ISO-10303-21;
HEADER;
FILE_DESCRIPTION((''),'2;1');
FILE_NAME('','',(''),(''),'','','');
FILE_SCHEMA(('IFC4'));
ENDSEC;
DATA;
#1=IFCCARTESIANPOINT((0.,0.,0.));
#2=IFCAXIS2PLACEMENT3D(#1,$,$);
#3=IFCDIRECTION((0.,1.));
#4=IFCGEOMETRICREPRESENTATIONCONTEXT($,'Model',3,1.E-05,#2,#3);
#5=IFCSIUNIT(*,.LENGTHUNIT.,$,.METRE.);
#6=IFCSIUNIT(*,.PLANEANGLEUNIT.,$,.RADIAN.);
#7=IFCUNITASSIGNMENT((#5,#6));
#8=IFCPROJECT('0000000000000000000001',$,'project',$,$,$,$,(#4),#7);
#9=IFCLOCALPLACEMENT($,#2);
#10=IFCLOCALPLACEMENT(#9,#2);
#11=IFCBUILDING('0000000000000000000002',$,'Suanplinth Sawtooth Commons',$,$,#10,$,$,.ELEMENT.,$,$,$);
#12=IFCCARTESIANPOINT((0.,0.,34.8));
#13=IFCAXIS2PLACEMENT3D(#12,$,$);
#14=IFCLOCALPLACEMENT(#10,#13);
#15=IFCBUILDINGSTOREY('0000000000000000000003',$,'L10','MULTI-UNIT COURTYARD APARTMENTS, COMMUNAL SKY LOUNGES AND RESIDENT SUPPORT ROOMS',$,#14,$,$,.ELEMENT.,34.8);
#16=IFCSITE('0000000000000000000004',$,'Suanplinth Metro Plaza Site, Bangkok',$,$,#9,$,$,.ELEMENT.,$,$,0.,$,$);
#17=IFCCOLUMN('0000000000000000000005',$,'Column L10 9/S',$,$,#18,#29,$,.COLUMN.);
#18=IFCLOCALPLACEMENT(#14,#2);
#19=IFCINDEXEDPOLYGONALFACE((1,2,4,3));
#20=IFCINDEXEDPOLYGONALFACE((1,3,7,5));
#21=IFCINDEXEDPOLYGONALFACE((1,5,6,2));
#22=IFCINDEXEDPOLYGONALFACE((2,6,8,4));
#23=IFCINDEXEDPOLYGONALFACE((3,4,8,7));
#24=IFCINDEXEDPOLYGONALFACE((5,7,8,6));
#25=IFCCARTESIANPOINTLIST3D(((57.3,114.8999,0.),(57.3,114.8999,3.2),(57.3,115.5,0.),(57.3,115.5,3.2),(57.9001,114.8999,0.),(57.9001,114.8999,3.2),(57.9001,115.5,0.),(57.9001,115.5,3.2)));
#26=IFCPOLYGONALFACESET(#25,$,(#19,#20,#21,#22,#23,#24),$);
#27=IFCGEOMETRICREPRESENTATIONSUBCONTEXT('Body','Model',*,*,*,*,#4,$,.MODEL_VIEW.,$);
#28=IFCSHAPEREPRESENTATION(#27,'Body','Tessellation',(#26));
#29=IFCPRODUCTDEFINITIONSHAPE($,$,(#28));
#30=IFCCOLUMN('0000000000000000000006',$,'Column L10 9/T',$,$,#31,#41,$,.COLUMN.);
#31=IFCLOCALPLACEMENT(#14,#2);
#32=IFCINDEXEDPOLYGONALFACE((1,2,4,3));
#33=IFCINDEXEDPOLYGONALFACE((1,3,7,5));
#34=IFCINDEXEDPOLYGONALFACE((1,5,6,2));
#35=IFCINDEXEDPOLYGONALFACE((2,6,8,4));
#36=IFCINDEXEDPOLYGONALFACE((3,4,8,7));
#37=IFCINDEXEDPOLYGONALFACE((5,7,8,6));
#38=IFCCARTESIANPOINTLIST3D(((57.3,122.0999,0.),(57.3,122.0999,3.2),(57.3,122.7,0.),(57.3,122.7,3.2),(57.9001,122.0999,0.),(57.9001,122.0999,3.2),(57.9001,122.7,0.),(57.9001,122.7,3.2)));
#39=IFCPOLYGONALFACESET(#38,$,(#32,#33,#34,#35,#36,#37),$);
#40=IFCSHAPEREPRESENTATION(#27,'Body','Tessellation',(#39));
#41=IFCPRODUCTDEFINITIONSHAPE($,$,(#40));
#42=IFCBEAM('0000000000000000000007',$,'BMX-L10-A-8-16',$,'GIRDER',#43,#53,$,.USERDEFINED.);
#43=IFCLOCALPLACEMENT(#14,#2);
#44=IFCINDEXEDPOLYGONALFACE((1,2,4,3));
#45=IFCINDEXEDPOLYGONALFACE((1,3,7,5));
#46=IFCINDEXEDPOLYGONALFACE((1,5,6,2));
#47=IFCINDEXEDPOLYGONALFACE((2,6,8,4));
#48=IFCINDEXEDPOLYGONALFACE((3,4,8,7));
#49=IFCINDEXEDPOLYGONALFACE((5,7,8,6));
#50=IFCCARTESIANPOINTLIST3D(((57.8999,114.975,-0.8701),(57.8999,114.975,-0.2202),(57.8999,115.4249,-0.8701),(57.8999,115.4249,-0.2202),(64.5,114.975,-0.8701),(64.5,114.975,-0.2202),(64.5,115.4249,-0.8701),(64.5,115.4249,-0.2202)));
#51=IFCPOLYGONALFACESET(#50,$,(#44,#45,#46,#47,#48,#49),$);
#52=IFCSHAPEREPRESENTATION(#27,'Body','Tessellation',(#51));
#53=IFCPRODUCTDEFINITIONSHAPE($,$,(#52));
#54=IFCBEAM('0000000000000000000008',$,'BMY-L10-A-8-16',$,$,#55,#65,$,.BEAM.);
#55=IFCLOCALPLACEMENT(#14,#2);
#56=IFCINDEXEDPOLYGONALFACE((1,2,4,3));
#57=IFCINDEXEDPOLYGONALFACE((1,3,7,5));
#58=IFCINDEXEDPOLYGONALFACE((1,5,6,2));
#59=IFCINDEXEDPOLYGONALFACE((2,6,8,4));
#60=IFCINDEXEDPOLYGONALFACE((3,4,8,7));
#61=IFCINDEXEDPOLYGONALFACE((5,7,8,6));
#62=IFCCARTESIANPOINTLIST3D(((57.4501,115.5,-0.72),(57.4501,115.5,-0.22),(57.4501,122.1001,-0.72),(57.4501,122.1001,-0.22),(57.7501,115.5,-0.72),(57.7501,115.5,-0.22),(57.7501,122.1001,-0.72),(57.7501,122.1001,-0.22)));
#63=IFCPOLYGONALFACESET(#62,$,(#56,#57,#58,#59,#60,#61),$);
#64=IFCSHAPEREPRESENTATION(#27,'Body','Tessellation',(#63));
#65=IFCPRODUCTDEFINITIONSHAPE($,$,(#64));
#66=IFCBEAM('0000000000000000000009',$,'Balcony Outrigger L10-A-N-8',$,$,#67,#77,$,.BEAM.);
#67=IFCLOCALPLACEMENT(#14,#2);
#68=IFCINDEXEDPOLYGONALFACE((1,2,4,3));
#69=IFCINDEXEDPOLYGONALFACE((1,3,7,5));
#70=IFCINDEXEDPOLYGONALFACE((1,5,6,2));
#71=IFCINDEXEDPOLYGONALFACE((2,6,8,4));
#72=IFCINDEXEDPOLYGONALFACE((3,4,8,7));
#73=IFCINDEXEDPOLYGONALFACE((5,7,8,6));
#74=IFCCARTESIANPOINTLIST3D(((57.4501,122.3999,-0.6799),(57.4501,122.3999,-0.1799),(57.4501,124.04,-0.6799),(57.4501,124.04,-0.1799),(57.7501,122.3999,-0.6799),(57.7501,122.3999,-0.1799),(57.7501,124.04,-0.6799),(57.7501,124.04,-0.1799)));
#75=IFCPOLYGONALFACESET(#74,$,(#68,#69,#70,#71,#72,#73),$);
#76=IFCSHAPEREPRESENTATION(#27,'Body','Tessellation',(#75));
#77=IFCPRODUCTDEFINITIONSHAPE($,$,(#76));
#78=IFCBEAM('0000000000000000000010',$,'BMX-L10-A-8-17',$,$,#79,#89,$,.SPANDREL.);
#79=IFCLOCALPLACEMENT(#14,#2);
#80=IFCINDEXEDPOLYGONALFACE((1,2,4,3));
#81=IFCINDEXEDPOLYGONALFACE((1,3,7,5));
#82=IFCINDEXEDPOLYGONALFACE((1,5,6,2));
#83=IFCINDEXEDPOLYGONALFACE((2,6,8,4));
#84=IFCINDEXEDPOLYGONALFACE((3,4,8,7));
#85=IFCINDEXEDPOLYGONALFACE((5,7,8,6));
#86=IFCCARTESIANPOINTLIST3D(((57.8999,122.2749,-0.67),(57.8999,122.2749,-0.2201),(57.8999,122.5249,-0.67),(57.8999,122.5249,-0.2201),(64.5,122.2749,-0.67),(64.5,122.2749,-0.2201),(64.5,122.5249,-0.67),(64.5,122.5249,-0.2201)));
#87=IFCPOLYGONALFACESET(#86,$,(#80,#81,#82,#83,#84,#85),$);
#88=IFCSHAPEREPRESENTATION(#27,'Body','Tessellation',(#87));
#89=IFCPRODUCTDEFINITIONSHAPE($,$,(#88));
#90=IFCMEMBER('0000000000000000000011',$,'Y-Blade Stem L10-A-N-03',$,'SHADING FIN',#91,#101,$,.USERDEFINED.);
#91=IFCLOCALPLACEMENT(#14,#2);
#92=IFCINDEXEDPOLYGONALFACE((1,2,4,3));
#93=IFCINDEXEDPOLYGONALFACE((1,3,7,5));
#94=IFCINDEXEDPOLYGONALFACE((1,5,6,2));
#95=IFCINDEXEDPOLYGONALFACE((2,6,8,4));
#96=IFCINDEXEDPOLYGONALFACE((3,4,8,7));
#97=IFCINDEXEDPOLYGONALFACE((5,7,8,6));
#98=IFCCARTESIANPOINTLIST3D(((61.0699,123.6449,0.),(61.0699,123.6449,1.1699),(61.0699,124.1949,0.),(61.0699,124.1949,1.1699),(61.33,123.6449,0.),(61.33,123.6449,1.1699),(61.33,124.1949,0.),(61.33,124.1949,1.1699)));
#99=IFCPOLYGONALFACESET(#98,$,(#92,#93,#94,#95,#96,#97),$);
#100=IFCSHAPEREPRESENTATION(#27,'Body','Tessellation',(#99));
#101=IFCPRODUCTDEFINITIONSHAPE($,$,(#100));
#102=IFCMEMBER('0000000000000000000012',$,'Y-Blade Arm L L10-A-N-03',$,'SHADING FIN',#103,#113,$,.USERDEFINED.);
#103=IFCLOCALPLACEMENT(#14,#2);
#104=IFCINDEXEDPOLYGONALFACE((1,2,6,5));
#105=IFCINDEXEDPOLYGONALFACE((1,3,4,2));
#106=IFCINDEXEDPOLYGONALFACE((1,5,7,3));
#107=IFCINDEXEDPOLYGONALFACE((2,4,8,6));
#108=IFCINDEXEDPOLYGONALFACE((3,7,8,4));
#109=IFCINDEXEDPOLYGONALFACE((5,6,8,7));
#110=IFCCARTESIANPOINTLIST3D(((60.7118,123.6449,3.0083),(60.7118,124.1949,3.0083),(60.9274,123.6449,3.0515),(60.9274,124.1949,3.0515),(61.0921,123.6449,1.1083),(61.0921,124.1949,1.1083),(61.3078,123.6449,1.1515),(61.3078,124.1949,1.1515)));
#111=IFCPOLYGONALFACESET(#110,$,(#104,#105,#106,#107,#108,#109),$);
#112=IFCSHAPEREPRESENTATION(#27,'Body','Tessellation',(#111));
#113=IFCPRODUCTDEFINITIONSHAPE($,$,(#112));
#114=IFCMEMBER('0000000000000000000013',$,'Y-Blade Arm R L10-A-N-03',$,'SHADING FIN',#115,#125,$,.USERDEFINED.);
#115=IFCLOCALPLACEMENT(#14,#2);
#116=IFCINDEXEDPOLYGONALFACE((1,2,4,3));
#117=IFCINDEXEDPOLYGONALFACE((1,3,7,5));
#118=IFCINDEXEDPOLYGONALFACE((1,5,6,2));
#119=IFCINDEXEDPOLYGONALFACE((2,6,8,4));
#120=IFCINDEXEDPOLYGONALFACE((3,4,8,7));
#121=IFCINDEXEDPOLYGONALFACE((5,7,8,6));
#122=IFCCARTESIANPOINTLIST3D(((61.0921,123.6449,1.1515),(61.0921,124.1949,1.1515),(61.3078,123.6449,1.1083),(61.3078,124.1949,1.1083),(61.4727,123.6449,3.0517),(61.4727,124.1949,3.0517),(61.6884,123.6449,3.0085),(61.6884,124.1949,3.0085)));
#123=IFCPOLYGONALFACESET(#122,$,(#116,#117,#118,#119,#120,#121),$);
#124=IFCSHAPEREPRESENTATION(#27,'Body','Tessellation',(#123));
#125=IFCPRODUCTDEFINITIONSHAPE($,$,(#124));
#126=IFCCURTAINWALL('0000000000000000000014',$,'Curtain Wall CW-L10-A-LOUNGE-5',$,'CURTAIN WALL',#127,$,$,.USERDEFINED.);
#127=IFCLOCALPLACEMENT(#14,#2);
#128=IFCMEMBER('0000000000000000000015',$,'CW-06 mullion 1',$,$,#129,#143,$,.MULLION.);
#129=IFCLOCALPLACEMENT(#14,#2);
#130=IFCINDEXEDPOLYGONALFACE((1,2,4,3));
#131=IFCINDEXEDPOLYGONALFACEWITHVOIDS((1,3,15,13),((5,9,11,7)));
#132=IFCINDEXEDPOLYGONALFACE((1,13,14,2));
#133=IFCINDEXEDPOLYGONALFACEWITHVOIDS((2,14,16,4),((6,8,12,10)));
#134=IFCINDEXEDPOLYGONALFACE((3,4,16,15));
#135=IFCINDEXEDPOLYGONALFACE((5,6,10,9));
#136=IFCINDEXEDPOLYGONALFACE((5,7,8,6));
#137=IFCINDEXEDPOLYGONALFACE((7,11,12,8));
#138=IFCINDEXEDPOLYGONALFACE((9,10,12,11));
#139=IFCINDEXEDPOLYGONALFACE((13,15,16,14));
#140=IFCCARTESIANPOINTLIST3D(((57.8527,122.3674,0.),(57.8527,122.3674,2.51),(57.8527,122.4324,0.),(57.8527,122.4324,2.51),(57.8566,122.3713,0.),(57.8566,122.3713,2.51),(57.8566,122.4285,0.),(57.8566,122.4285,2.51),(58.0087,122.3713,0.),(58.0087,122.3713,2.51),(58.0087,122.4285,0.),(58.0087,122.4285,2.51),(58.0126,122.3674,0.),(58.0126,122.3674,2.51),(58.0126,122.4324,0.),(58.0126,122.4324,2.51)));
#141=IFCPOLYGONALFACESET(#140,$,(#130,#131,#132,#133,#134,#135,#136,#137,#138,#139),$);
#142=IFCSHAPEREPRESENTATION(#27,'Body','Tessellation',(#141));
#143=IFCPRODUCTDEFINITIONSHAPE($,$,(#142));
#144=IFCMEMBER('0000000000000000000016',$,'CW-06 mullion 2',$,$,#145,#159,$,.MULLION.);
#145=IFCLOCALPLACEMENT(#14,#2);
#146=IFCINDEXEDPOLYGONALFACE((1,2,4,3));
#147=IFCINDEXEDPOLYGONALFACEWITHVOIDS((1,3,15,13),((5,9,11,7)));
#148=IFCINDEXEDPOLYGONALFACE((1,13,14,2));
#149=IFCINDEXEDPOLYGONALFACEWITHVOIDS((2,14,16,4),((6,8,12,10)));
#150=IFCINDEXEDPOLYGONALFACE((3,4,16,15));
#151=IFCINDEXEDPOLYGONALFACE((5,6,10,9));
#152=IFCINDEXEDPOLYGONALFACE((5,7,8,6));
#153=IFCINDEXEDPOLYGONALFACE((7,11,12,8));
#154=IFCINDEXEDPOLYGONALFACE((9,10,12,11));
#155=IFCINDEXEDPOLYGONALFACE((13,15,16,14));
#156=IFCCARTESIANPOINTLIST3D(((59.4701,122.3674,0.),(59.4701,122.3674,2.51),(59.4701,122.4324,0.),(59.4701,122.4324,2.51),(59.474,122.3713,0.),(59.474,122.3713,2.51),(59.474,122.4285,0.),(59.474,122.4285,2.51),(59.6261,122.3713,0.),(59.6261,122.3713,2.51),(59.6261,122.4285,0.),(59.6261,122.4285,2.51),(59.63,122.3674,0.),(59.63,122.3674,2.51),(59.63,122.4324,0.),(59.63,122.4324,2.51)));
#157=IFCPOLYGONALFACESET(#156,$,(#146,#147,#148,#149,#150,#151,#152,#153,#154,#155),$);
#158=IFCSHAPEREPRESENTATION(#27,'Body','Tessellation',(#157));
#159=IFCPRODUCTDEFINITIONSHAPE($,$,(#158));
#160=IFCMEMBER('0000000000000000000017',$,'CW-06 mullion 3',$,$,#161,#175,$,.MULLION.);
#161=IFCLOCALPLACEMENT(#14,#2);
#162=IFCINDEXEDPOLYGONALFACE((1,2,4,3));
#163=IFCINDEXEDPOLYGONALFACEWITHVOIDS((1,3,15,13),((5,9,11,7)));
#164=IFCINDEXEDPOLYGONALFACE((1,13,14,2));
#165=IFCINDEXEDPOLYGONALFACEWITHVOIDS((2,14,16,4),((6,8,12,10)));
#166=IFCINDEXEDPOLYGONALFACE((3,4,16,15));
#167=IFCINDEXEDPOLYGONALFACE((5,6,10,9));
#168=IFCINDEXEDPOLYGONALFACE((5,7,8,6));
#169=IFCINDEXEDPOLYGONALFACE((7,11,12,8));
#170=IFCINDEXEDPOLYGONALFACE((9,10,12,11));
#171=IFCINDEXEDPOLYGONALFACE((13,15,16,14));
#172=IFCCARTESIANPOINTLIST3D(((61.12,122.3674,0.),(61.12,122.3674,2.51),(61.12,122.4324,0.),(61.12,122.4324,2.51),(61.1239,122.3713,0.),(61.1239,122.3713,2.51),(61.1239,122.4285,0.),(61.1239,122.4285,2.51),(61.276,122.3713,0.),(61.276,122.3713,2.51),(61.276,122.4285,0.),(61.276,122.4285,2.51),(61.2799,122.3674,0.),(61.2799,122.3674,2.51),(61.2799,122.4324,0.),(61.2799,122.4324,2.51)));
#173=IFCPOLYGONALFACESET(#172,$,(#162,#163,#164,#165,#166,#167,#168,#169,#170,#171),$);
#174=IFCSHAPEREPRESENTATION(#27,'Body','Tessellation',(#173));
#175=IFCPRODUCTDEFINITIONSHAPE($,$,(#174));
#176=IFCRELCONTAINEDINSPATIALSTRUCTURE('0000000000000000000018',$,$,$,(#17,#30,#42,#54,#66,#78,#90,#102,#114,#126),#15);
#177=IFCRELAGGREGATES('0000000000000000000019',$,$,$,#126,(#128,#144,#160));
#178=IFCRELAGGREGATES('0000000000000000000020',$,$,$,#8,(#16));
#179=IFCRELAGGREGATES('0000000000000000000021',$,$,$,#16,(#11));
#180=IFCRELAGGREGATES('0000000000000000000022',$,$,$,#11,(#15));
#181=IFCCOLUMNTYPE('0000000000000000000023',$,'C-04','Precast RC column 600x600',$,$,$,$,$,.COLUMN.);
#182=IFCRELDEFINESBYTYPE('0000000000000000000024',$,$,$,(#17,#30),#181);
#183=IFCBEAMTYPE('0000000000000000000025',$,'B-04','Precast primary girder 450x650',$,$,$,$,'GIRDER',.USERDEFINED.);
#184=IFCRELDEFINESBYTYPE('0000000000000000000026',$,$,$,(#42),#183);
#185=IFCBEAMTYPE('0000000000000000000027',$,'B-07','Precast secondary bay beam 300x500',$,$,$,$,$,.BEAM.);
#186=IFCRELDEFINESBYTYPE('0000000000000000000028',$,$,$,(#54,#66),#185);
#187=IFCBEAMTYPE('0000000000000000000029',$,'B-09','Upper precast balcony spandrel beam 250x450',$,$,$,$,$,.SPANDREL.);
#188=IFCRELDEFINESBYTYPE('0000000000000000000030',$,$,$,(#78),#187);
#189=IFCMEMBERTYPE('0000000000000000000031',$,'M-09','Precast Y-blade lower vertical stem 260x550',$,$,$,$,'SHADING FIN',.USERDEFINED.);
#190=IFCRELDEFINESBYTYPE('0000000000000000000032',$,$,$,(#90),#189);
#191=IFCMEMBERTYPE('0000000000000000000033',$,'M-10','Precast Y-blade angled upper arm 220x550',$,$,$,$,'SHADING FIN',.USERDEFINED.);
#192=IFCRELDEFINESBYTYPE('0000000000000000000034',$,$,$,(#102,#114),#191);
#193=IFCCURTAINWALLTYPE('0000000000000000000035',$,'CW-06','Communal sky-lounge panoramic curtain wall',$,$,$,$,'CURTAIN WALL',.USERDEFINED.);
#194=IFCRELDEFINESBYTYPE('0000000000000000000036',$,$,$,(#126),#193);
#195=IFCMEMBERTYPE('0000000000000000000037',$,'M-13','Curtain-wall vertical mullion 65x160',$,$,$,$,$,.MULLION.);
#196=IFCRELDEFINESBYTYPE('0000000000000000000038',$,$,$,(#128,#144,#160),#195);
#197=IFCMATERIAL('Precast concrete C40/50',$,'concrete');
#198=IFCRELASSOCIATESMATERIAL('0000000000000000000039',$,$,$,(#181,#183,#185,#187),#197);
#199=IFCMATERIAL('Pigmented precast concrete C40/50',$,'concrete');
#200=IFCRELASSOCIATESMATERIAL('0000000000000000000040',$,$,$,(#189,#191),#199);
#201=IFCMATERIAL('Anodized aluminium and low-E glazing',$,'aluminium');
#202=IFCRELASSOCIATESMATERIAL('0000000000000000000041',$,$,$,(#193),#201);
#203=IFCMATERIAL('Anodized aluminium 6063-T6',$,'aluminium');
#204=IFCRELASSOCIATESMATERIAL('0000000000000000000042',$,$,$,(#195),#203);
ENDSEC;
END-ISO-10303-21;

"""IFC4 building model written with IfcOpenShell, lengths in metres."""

from ifc_helpers import new_model, si_unit, direction, frame, origin, origin_2d, place, context, subcontext, project, spatial, rectangle, hollow_rectangle, extrude, material, material_profile, profile_set, type_object, element, aggregate, save


model = new_model("IFC4")

# Units and contexts
model_context = context("Model", 3, precision=1e-05, world=origin(), true_north=direction((0.0, 1.0)))
body_context = subcontext(model_context, "Body", "Model", "MODEL_VIEW")
ifc_project = project(units=[si_unit("LENGTHUNIT", "METRE"), si_unit("PLANEANGLEUNIT", "RADIAN")], contexts=[model_context])

# Site, building, storey
site_placement = place(None, origin())
site = spatial("IfcSite", under=ifc_project, at=site_placement, Name="Suanplinth Metro Plaza Site, Bangkok", CompositionType="ELEMENT", RefElevation=0.0)
building_placement = place(site_placement, origin())
building = spatial("IfcBuilding", under=site, at=building_placement, Name="Suanplinth Sawtooth Commons", CompositionType="ELEMENT")
storey_placement = place(building_placement, frame((0.0, 0.0, 34.8)))
storey = spatial("IfcBuildingStorey", under=building, at=storey_placement, Name="L10", Description="MULTI-UNIT COURTYARD APARTMENTS, COMMUNAL SKY LOUNGES AND RESIDENT SUPPORT ROOMS", CompositionType="ELEMENT", Elevation=34.8)

# Columns
ifc_material_1 = material(Name="Precast concrete C40/50", Category="concrete")
ifc_material_profile_1 = material_profile(ifc_material_1, rectangle(XDim=0.6001, YDim=0.6001, at=origin_2d()), Name="PC-COL 600x600")
ifc_profile_set_1 = profile_set([ifc_material_profile_1], Name="Precast concrete C40/50")
column_type = type_object("IfcColumnType", Name="C-04", Description="Precast RC column 600x600", PredefinedType="COLUMN", material=ifc_profile_set_1)
for number, where, z_axis, x_axis, name in (
    (1, (57.6001, 115.2, 0.0), (0.0, 0.0, 1.0), (1.0, 0.0, 0.0), "Column L10 9/S"),
    (2, (57.6001, 122.3999, 0.0), (0.0, 0.0, 1.0), (1.0, 0.0, 0.0), "Column L10 9/T"),
):
    element("IfcColumn", number, at=place(storey_placement, frame(where, z_axis=z_axis, x_axis=x_axis)), inside=storey, type_object=column_type, Name=name, PredefinedType="COLUMN", context=body_context, shape_type="SweptSolid", body=[
        extrude(rectangle(XDim=0.6001, YDim=0.6001, at=origin_2d()), origin(), (0.0, 0.0, 1.0), 3.2),
    ])

# Beams
ifc_material_profile_2 = material_profile(ifc_material_1, rectangle(XDim=0.45, YDim=0.6499, at=origin_2d()), Name="PC-GDR 450x650")
ifc_profile_set_2 = profile_set([ifc_material_profile_2], Name="Precast concrete C40/50")
beam_type_1 = type_object("IfcBeamType", Name="B-04", Description="Precast primary girder 450x650", ElementType="GIRDER", PredefinedType="USERDEFINED", material=ifc_profile_set_2)
beam_1_placement = place(storey_placement, frame((57.8999, 115.2, -0.5452), z_axis=(1.0, 0.0, 0.0), x_axis=(0.0, 1.0, 0.0)))
element("IfcBeam", 3, at=beam_1_placement, inside=storey, type_object=beam_type_1, Name="BMX-L10-A-8-16", ObjectType="GIRDER", PredefinedType="USERDEFINED", context=body_context, shape_type="SweptSolid", body=[
    extrude(rectangle(XDim=0.45, YDim=0.6499, at=origin_2d()), origin(), (0.0, 0.0, 1.0), 6.6001),
])
ifc_material_profile_3 = material_profile(ifc_material_1, rectangle(XDim=0.3, YDim=0.5, at=origin_2d()), Name="PC-BM 300x500")
ifc_profile_set_3 = profile_set([ifc_material_profile_3], Name="Precast concrete C40/50")
beam_type_2 = type_object("IfcBeamType", Name="B-07", Description="Precast secondary bay beam 300x500", PredefinedType="BEAM", material=ifc_profile_set_3)
beam_2_placement = place(storey_placement, frame((57.6001, 115.5, -0.47), z_axis=(0.0, 1.0, 0.0), x_axis=(-1.0, 0.0, 0.0)))
element("IfcBeam", 4, at=beam_2_placement, inside=storey, type_object=beam_type_2, Name="BMY-L10-A-8-16", PredefinedType="BEAM", context=body_context, shape_type="SweptSolid", body=[
    extrude(rectangle(XDim=0.3, YDim=0.5, at=origin_2d()), origin(), (0.0, 0.0, 1.0), 6.6001),
])
beam_3_placement = place(storey_placement, frame((57.6001, 122.3999, -0.4299), z_axis=(0.0, 1.0, 0.0), x_axis=(-1.0, 0.0, 0.0)))
element("IfcBeam", 5, at=beam_3_placement, inside=storey, type_object=beam_type_2, Name="Balcony Outrigger L10-A-N-8", PredefinedType="BEAM", context=body_context, shape_type="SweptSolid", body=[
    extrude(rectangle(XDim=0.3, YDim=0.5, at=origin_2d()), origin(), (0.0, 0.0, 1.0), 1.6401),
])
ifc_material_profile_4 = material_profile(ifc_material_1, rectangle(XDim=0.25, YDim=0.45, at=origin_2d()), Name="PC-SP 250x450")
ifc_profile_set_4 = profile_set([ifc_material_profile_4], Name="Precast concrete C40/50")
beam_type_3 = type_object("IfcBeamType", Name="B-09", Description="Upper precast balcony spandrel beam 250x450", PredefinedType="SPANDREL", material=ifc_profile_set_4)
beam_4_placement = place(storey_placement, frame((57.8999, 122.3999, -0.4451), z_axis=(1.0, 0.0, 0.0), x_axis=(0.0, 1.0, 0.0)))
element("IfcBeam", 6, at=beam_4_placement, inside=storey, type_object=beam_type_3, Name="BMX-L10-A-8-17", PredefinedType="SPANDREL", context=body_context, shape_type="SweptSolid", body=[
    extrude(rectangle(XDim=0.25, YDim=0.45, at=origin_2d()), origin(), (0.0, 0.0, 1.0), 6.6001),
])

# Members
ifc_material_2 = material(Name="Pigmented precast concrete C40/50", Category="concrete")
ifc_material_profile_5 = material_profile(ifc_material_2, rectangle(XDim=0.26, YDim=0.55, at=origin_2d()), Name="PC-FIN 260x550")
ifc_profile_set_5 = profile_set([ifc_material_profile_5], Name="Pigmented precast concrete C40/50")
member_type_1 = type_object("IfcMemberType", Name="M-09", Description="Precast Y-blade lower vertical stem 260x550", ElementType="SHADING FIN", PredefinedType="USERDEFINED", material=ifc_profile_set_5)
member_1_placement = place(storey_placement, frame((61.2, 123.9199, 0.0), z_axis=(0.0, 0.0, 1.0), x_axis=(1.0, 0.0, 0.0)))
element("IfcMember", 7, at=member_1_placement, inside=storey, type_object=member_type_1, Name="Y-Blade Stem L10-A-N-03", ObjectType="SHADING FIN", PredefinedType="USERDEFINED", context=body_context, shape_type="SweptSolid", body=[
    extrude(rectangle(XDim=0.26, YDim=0.55, at=origin_2d()), origin(), (0.0, 0.0, 1.0), 1.1699),
])
ifc_material_profile_6 = material_profile(ifc_material_2, rectangle(XDim=0.22, YDim=0.55, at=origin_2d()), Name="PC-FIN 220x550")
ifc_profile_set_6 = profile_set([ifc_material_profile_6], Name="Pigmented precast concrete C40/50")
member_type_2 = type_object("IfcMemberType", Name="M-10", Description="Precast Y-blade angled upper arm 220x550", ElementType="SHADING FIN", PredefinedType="USERDEFINED", material=ifc_profile_set_6)
member_2_placement = place(storey_placement, frame((61.2, 123.9199, 1.1299), z_axis=(-0.196286, 0.0, 0.980547), x_axis=(0.980547, 0.0, 0.196286)))
element("IfcMember", 8, at=member_2_placement, inside=storey, type_object=member_type_2, Name="Y-Blade Arm L L10-A-N-03", ObjectType="SHADING FIN", PredefinedType="USERDEFINED", context=body_context, shape_type="SweptSolid", body=[
    extrude(rectangle(XDim=0.22, YDim=0.55, at=origin_2d()), origin(), (0.0, 0.0, 1.0), 1.9377),
])
member_3_placement = place(storey_placement, frame((61.2, 123.9199, 1.1299), z_axis=(0.196407, 0.0, 0.980522), x_axis=(-0.980522, 0.0, 0.196407)))
element("IfcMember", 9, at=member_3_placement, inside=storey, type_object=member_type_2, Name="Y-Blade Arm R L10-A-N-03", ObjectType="SHADING FIN", PredefinedType="USERDEFINED", context=body_context, shape_type="SweptSolid", body=[
    extrude(rectangle(XDim=0.22, YDim=0.55, at=origin_2d()), origin(), (0.0, 0.0, 1.0), 1.938),
])

# Curtain wall, members
ifc_material_3 = material(Name="Anodized aluminium and low-E glazing", Category="aluminium")
curtain_wall_type = type_object("IfcCurtainWallType", Name="CW-06", Description="Communal sky-lounge panoramic curtain wall", ElementType="CURTAIN WALL", PredefinedType="USERDEFINED", material=ifc_material_3)
curtain_wall_placement = place(storey_placement, origin())
curtain_wall = element("IfcCurtainWall", 10, at=curtain_wall_placement, inside=storey, type_object=curtain_wall_type, Name="Curtain Wall CW-L10-A-LOUNGE-5", ObjectType="CURTAIN WALL", PredefinedType="USERDEFINED")
ifc_material_4 = material(Name="Anodized aluminium 6063-T6", Category="aluminium")
ifc_material_profile_7 = material_profile(ifc_material_4, hollow_rectangle(XDim=0.0649, YDim=0.1599, WallThickness=0.0039, at=origin_2d()), Name="ALU-MUL 65x160")
ifc_profile_set_7 = profile_set([ifc_material_profile_7], Name="Anodized aluminium 6063-T6")
member_type_3 = type_object("IfcMemberType", Name="M-13", Description="Curtain-wall vertical mullion 65x160", PredefinedType="MULLION", material=ifc_profile_set_7)
member_4_placement = place(storey_placement, frame((57.9326, 122.3999, 0.0), z_axis=(0.0, 0.0, 1.0), x_axis=(0.0, 1.0, 0.0)))
member_4 = element("IfcMember", 11, at=member_4_placement, type_object=member_type_3, Name="CW-06 mullion 1", PredefinedType="MULLION", context=body_context, shape_type="SweptSolid", body=[
    extrude(hollow_rectangle(XDim=0.0649, YDim=0.1599, WallThickness=0.0039, at=origin_2d()), origin(), (0.0, 0.0, 1.0), 2.51),
])
member_5_placement = place(storey_placement, frame((59.55, 122.3999, 0.0), z_axis=(0.0, 0.0, 1.0), x_axis=(0.0, 1.0, 0.0)))
member_5 = element("IfcMember", 12, at=member_5_placement, type_object=member_type_3, Name="CW-06 mullion 2", PredefinedType="MULLION", context=body_context, shape_type="SweptSolid", body=[
    extrude(hollow_rectangle(XDim=0.0649, YDim=0.1599, WallThickness=0.0039, at=origin_2d()), origin(), (0.0, 0.0, 1.0), 2.51),
])
member_6_placement = place(storey_placement, frame((61.2, 122.3999, 0.0), z_axis=(0.0, 0.0, 1.0), x_axis=(0.0, 1.0, 0.0)))
member_6 = element("IfcMember", 13, at=member_6_placement, type_object=member_type_3, Name="CW-06 mullion 3", PredefinedType="MULLION", context=body_context, shape_type="SweptSolid", body=[
    extrude(hollow_rectangle(XDim=0.0649, YDim=0.1599, WallThickness=0.0039, at=origin_2d()), origin(), (0.0, 0.0, 1.0), 2.51),
])

aggregate(curtain_wall, [member_4, member_5, member_6])

save(model, "model.ifc")
